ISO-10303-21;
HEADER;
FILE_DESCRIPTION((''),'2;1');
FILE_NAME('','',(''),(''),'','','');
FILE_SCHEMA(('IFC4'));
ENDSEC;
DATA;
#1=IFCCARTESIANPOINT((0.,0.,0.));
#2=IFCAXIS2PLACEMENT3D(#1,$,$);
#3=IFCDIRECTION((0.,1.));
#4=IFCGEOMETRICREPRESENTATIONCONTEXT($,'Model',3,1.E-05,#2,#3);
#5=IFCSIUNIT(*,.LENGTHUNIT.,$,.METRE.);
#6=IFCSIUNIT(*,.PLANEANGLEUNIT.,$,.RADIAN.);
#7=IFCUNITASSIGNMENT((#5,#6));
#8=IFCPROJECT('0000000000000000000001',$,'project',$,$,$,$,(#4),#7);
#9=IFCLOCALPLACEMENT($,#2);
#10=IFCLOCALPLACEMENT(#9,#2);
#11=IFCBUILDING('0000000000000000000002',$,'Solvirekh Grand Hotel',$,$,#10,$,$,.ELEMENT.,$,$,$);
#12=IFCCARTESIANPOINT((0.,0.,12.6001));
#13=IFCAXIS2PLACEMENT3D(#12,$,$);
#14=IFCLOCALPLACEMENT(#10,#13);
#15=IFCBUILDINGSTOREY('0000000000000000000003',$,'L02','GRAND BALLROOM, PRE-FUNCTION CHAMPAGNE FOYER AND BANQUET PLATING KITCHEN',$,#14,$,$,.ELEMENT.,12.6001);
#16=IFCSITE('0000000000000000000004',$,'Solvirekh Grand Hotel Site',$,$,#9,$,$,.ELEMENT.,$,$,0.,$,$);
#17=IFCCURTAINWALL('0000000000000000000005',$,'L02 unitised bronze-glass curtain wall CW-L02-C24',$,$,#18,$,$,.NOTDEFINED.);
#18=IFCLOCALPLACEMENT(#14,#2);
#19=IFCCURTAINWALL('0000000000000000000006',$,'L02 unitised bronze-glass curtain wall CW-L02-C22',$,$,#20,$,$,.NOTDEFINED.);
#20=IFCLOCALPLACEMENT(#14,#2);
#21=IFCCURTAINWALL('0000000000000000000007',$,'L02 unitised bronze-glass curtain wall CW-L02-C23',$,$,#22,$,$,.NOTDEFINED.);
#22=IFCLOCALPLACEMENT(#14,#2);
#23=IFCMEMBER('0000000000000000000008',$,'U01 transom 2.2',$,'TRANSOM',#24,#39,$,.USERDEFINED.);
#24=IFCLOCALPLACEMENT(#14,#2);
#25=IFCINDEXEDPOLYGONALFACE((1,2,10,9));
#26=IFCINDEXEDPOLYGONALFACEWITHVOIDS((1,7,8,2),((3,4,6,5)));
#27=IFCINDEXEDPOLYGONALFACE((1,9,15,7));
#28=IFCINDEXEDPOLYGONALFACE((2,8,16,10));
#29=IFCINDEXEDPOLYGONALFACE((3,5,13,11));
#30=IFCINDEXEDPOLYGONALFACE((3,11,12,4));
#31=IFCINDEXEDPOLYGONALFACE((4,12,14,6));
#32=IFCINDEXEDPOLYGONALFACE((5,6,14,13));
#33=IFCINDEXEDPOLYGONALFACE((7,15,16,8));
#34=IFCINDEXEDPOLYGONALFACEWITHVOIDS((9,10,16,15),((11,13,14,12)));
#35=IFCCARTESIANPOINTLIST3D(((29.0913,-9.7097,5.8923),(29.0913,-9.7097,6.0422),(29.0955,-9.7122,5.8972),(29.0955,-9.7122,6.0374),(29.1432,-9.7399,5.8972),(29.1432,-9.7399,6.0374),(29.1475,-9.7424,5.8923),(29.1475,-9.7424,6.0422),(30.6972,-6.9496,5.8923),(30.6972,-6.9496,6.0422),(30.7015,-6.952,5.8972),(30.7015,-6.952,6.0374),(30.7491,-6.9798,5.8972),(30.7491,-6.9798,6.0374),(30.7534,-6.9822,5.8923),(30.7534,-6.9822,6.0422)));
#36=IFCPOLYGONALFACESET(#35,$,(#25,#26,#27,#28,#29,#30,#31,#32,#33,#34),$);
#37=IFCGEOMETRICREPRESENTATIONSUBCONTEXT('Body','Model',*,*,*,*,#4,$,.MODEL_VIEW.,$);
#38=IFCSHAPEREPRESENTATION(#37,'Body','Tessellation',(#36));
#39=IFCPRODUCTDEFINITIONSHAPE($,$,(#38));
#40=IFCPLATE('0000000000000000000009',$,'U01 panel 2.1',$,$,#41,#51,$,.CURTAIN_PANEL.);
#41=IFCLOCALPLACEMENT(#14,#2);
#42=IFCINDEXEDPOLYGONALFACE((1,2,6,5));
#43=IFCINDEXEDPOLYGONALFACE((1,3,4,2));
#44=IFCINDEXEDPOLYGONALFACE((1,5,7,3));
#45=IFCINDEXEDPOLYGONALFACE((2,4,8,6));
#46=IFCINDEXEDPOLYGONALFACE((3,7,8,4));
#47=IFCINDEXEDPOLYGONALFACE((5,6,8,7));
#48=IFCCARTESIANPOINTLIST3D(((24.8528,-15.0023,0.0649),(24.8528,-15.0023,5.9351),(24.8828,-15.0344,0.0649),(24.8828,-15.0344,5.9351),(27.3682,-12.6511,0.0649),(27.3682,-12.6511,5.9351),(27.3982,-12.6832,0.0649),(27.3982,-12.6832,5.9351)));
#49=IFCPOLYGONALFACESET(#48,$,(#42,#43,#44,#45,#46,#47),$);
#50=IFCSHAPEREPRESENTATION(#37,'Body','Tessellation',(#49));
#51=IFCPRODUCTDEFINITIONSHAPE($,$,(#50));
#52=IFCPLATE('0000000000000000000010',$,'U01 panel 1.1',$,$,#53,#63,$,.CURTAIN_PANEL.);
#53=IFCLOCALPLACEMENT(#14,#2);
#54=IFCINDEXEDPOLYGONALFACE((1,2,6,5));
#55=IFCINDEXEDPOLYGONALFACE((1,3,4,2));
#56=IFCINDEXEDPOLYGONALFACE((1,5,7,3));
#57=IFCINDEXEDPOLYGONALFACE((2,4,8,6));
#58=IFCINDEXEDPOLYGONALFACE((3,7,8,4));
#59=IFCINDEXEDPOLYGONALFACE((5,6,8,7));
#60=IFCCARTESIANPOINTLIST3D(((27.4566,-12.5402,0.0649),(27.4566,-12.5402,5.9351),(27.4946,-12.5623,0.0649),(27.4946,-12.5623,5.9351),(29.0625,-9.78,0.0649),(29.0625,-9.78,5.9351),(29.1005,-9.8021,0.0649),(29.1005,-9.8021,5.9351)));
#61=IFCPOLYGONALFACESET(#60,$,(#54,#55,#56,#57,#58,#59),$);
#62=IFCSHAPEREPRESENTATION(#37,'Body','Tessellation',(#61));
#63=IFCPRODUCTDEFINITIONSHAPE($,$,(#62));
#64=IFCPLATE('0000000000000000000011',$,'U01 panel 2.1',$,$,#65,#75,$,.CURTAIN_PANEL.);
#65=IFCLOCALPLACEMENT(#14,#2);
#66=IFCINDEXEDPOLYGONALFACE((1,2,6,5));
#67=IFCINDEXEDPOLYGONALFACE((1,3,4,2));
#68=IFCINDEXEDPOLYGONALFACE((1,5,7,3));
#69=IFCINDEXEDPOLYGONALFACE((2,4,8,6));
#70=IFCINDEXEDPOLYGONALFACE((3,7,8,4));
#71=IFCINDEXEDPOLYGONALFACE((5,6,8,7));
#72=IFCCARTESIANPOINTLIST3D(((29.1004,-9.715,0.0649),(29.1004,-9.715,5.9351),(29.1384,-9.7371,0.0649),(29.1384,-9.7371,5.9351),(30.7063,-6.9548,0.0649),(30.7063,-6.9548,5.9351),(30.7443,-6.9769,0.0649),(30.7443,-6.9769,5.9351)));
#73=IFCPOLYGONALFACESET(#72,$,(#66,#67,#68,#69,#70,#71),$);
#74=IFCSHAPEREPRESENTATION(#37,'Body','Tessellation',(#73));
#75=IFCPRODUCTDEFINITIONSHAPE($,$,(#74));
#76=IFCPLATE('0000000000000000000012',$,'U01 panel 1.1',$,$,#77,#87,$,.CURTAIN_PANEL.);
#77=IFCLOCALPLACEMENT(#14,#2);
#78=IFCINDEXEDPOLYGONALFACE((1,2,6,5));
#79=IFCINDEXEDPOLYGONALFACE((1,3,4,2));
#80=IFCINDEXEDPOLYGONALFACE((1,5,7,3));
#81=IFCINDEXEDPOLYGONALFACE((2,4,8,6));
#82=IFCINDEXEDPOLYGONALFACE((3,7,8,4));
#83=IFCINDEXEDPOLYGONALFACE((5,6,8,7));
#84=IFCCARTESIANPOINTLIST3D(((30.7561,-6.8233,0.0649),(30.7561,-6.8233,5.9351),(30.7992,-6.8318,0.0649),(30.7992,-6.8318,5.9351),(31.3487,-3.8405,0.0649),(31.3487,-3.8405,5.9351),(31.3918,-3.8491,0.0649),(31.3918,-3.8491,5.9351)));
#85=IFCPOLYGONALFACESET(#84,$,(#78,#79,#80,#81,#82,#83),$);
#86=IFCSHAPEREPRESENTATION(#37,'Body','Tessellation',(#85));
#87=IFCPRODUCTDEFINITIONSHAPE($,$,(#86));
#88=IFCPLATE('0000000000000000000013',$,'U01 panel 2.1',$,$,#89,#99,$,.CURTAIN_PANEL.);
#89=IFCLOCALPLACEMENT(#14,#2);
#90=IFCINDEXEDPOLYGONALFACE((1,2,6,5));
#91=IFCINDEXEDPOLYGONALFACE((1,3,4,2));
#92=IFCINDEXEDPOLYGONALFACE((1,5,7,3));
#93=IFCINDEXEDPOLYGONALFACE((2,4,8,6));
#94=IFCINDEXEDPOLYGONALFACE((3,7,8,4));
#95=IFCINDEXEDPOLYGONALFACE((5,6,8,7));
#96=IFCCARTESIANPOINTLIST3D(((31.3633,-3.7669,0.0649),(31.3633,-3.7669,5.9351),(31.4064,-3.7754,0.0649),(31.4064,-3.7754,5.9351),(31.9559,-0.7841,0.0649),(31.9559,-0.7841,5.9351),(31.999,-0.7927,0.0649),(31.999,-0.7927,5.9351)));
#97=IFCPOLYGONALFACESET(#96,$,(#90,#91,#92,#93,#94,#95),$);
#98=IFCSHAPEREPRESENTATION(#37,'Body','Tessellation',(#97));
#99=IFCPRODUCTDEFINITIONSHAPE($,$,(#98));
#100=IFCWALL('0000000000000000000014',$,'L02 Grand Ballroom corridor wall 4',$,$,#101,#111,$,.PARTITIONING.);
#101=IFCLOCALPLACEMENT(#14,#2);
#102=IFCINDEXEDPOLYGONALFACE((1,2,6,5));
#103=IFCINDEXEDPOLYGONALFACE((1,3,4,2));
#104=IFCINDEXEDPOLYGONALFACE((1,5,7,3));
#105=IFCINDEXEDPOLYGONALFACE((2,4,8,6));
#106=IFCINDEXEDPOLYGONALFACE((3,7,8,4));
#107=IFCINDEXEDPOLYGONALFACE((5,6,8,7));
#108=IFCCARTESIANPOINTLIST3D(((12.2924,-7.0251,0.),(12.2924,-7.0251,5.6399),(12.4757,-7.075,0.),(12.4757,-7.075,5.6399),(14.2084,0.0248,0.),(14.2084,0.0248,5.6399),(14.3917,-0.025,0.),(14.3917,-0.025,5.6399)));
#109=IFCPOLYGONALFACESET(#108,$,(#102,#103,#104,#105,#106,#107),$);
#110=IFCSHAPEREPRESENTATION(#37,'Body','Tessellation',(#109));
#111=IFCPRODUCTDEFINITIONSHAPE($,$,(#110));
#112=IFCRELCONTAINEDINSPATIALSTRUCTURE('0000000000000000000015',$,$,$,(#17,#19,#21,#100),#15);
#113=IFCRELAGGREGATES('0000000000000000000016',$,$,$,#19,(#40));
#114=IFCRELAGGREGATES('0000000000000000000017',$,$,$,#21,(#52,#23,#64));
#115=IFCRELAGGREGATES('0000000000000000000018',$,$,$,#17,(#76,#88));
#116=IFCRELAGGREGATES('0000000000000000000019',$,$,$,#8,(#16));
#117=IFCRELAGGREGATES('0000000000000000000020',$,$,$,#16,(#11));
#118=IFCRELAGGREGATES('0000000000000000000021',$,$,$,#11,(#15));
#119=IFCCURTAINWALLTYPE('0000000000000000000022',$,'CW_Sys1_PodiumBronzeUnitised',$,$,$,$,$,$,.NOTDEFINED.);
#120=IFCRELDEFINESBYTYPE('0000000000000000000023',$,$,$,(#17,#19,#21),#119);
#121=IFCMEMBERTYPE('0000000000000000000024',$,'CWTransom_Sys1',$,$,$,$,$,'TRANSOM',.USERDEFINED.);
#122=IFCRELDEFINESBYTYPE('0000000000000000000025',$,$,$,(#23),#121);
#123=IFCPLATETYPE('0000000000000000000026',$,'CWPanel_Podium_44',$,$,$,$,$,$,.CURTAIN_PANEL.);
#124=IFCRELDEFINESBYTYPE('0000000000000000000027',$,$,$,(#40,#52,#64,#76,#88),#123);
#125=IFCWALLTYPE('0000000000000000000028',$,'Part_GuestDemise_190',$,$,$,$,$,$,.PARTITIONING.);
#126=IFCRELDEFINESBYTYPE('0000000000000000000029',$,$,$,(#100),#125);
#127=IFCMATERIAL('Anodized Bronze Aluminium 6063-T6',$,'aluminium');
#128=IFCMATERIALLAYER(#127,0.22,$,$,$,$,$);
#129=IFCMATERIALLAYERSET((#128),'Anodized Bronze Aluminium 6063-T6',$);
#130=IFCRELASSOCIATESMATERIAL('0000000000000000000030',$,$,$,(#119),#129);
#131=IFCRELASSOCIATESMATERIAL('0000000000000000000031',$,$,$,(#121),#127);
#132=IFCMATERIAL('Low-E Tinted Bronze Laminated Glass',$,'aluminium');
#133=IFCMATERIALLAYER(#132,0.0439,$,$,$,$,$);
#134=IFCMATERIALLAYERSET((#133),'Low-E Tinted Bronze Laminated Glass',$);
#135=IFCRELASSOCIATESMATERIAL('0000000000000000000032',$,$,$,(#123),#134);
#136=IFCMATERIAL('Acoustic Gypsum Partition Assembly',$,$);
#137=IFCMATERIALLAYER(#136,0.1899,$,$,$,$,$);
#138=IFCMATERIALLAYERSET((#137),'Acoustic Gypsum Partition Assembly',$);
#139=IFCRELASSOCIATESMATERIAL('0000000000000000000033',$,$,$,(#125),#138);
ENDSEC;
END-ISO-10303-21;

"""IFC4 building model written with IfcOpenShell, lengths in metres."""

from ifc_helpers import new_model, si_unit, direction, frame, frame_2d, origin, origin_2d, place, context, subcontext, project, spatial, rectangle, hollow_rectangle, extrude, source, transform, mapped, material, layer, layer_set, material_profile, profile_set, type_object, element, aggregate, save


model = new_model("IFC4")

# Units and contexts
model_context = context("Model", 3, precision=1e-05, world=origin(), true_north=direction((0.0, 1.0)))
body_context = subcontext(model_context, "Body", "Model", "MODEL_VIEW")
ifc_project = project(units=[si_unit("LENGTHUNIT", "METRE"), si_unit("PLANEANGLEUNIT", "RADIAN")], contexts=[model_context])

# Site, building, storey
site_placement = place(None, origin())
site = spatial("IfcSite", under=ifc_project, at=site_placement, Name="Solvirekh Grand Hotel Site", CompositionType="ELEMENT", RefElevation=0.0)
building_placement = place(site_placement, origin())
building = spatial("IfcBuilding", under=site, at=building_placement, Name="Solvirekh Grand Hotel", CompositionType="ELEMENT")
storey_placement = place(building_placement, frame((0.0, 0.0, 12.6001)))
storey = spatial("IfcBuildingStorey", under=building, at=storey_placement, Name="L02", Description="GRAND BALLROOM, PRE-FUNCTION CHAMPAGNE FOYER AND BANQUET PLATING KITCHEN", CompositionType="ELEMENT", Elevation=12.6001)

# Curtain wall
ifc_material_1 = material(Name="Anodized Bronze Aluminium 6063-T6", Category="aluminium")
ifc_layer_1 = layer(ifc_material_1, 0.22)
ifc_layer_set_1 = layer_set([ifc_layer_1], Name="Anodized Bronze Aluminium 6063-T6")
curtain_wall_type = type_object("IfcCurtainWallType", Name="CW_Sys1_PodiumBronzeUnitised", PredefinedType="NOTDEFINED", material=ifc_layer_set_1)
curtain_wall_1_placement = place(storey_placement, origin())
curtain_wall_1 = element("IfcCurtainWall", 1, at=curtain_wall_1_placement, inside=storey, type_object=curtain_wall_type, Name="L02 unitised bronze-glass curtain wall CW-L02-C24", PredefinedType="NOTDEFINED")
ifc_material_profile_1 = material_profile(ifc_material_1, hollow_rectangle(XDim=0.0649, YDim=0.1499, WallThickness=0.0049, at=origin_2d()), Name="ALU RHS 150X65X5")
ifc_profile_set_1 = profile_set([ifc_material_profile_1], Name="Anodized Bronze Aluminium 6063-T6")
member_type_1 = type_object("IfcMemberType", Name="CWTransom_Sys1", ElementType="TRANSOM", PredefinedType="USERDEFINED", material=ifc_profile_set_1)

# Curtain wall
curtain_wall_2_placement = place(storey_placement, origin())
curtain_wall_2 = element("IfcCurtainWall", 2, at=curtain_wall_2_placement, inside=storey, type_object=curtain_wall_type, Name="L02 unitised bronze-glass curtain wall CW-L02-C22", PredefinedType="NOTDEFINED")

# Curtain wall
curtain_wall_3_placement = place(storey_placement, origin())
curtain_wall_3 = element("IfcCurtainWall", 3, at=curtain_wall_3_placement, inside=storey, type_object=curtain_wall_type, Name="L02 unitised bronze-glass curtain wall CW-L02-C23", PredefinedType="NOTDEFINED")

# Member
shared_shape_1 = source(origin(), body_context, "Body", "SweptSolid", [
    extrude(hollow_rectangle(XDim=0.0649, YDim=0.1499, WallThickness=0.0049, at=origin_2d()), origin(), (0.0, 0.0, 1.0), 3.1934),
])
member_1_placement = place(storey_placement, frame((29.1194, -9.7261, 5.9673), z_axis=(0.502892, 0.86435, 0.0), x_axis=(-0.86435, 0.502892, 0.0)))
member_1 = element("IfcMember", 4, at=member_1_placement, type_object=member_type_1, Name="U01 transom 2.2", ObjectType="TRANSOM", PredefinedType="USERDEFINED", context=body_context, shape_type="MappedRepresentation", body=[
    mapped(shared_shape_1, transform((0.0, 0.0, 0.0), x_axis=(1.0, 0.0, 0.0), y_axis=(0.0, 1.0, 0.0), z_axis=(0.0, 0.0, 1.0), scale=1.0)),
])

# Plates
ifc_material_2 = material(Name="Low-E Tinted Bronze Laminated Glass", Category="aluminium")
ifc_layer_2 = layer(ifc_material_2, 0.0439)
ifc_layer_set_2 = layer_set([ifc_layer_2], Name="Low-E Tinted Bronze Laminated Glass")
plate_type = type_object("IfcPlateType", Name="CWPanel_Podium_44", PredefinedType="CURTAIN_PANEL", material=ifc_layer_set_2)
shared_shape_2 = source(origin(), body_context, "Body", "SweptSolid", [
    extrude(rectangle(XDim=3.4431, YDim=0.0439, at=origin_2d()), origin(), (0.0, 0.0, 1.0), 5.8701),
])
plate_1_placement = place(storey_placement, frame((26.1255, -13.8428, 0.0649), z_axis=(0.0, 0.0, 1.0), x_axis=(0.730541, 0.682869, 0.0)))
plate_1 = element("IfcPlate", 5, at=plate_1_placement, type_object=plate_type, Name="U01 panel 2.1", PredefinedType="CURTAIN_PANEL", context=body_context, shape_type="MappedRepresentation", body=[
    mapped(shared_shape_2, transform((0.0, 0.0, 0.0), x_axis=(1.0, 0.0, 0.0), y_axis=(0.0, 1.0, 0.0), z_axis=(0.0, 0.0, 1.0), scale=1.0)),
])
aggregate(curtain_wall_2, [plate_1])
shared_shape_3 = source(origin(), body_context, "Body", "SweptSolid", [
    extrude(rectangle(XDim=3.1934, YDim=0.0439, at=origin_2d()), origin(), (0.0, 0.0, 1.0), 5.8701),
])
plate_2_placement = place(storey_placement, frame((28.2786, -11.1711, 0.0649), z_axis=(0.0, 0.0, 1.0), x_axis=(0.502883, 0.864354, 0.0)))
plate_2 = element("IfcPlate", 6, at=plate_2_placement, type_object=plate_type, Name="U01 panel 1.1", PredefinedType="CURTAIN_PANEL", context=body_context, shape_type="MappedRepresentation", body=[
    mapped(shared_shape_3, transform((0.0, 0.0, 0.0), x_axis=(1.0, 0.0, 0.0), y_axis=(0.0, 1.0, 0.0), z_axis=(0.0, 0.0, 1.0), scale=1.0)),
])
plate_3_placement = place(storey_placement, frame((29.9224, -8.3459, 0.0649), z_axis=(0.0, 0.0, 1.0), x_axis=(0.502883, 0.864354, 0.0)))
plate_3 = element("IfcPlate", 7, at=plate_3_placement, type_object=plate_type, Name="U01 panel 2.1", PredefinedType="CURTAIN_PANEL", context=body_context, shape_type="MappedRepresentation", body=[
    mapped(shared_shape_3, transform((0.0, 0.0, 0.0), x_axis=(1.0, 0.0, 0.0), y_axis=(0.0, 1.0, 0.0), z_axis=(0.0, 0.0, 1.0), scale=1.0)),
])
aggregate(curtain_wall_3, [plate_2, member_1, plate_3])
shared_shape_4 = source(origin(), body_context, "Body", "SweptSolid", [
    extrude(rectangle(XDim=3.041, YDim=0.0439, at=origin_2d()), origin(), (0.0, 0.0, 1.0), 5.8701),
])
plate_4_placement = place(storey_placement, frame((31.074, -5.3362, 0.0649), z_axis=(0.0, 0.0, 1.0), x_axis=(0.194866, 0.98083, 0.0)))
plate_4 = element("IfcPlate", 8, at=plate_4_placement, type_object=plate_type, Name="U01 panel 1.1", PredefinedType="CURTAIN_PANEL", context=body_context, shape_type="MappedRepresentation", body=[
    mapped(shared_shape_4, transform((0.0, 0.0, 0.0), x_axis=(1.0, 0.0, 0.0), y_axis=(0.0, 1.0, 0.0), z_axis=(0.0, 0.0, 1.0), scale=1.0)),
])
plate_5_placement = place(storey_placement, frame((31.6812, -2.2798, 0.0649), z_axis=(0.0, 0.0, 1.0), x_axis=(0.194866, 0.98083, 0.0)))
plate_5 = element("IfcPlate", 9, at=plate_5_placement, type_object=plate_type, Name="U01 panel 2.1", PredefinedType="CURTAIN_PANEL", context=body_context, shape_type="MappedRepresentation", body=[
    mapped(shared_shape_4, transform((0.0, 0.0, 0.0), x_axis=(1.0, 0.0, 0.0), y_axis=(0.0, 1.0, 0.0), z_axis=(0.0, 0.0, 1.0), scale=1.0)),
])
aggregate(curtain_wall_1, [plate_4, plate_5])

# Wall
ifc_material_3 = material(Name="Acoustic Gypsum Partition Assembly")
ifc_layer_3 = layer(ifc_material_3, 0.1899)
ifc_layer_set_3 = layer_set([ifc_layer_3], Name="Acoustic Gypsum Partition Assembly")
wall_type = type_object("IfcWallType", Name="Part_GuestDemise_190", PredefinedType="PARTITIONING", material=ifc_layer_set_3)
wall_placement = place(storey_placement, frame((12.384, -7.05, 0.0), z_axis=(0.0, 0.0, 1.0), x_axis=(0.262261, 0.964997, 0.0)))
element("IfcWall", 10, at=wall_placement, inside=storey, type_object=wall_type, Name="L02 Grand Ballroom corridor wall 4", PredefinedType="PARTITIONING", context=body_context, shape_type="SweptSolid", body=[
    extrude(rectangle(XDim=7.3057, YDim=0.1899, at=frame_2d((3.6528, 0.0))), origin(), (0.0, 0.0, 1.0), 5.6399),
])

save(model, "model.ifc")
